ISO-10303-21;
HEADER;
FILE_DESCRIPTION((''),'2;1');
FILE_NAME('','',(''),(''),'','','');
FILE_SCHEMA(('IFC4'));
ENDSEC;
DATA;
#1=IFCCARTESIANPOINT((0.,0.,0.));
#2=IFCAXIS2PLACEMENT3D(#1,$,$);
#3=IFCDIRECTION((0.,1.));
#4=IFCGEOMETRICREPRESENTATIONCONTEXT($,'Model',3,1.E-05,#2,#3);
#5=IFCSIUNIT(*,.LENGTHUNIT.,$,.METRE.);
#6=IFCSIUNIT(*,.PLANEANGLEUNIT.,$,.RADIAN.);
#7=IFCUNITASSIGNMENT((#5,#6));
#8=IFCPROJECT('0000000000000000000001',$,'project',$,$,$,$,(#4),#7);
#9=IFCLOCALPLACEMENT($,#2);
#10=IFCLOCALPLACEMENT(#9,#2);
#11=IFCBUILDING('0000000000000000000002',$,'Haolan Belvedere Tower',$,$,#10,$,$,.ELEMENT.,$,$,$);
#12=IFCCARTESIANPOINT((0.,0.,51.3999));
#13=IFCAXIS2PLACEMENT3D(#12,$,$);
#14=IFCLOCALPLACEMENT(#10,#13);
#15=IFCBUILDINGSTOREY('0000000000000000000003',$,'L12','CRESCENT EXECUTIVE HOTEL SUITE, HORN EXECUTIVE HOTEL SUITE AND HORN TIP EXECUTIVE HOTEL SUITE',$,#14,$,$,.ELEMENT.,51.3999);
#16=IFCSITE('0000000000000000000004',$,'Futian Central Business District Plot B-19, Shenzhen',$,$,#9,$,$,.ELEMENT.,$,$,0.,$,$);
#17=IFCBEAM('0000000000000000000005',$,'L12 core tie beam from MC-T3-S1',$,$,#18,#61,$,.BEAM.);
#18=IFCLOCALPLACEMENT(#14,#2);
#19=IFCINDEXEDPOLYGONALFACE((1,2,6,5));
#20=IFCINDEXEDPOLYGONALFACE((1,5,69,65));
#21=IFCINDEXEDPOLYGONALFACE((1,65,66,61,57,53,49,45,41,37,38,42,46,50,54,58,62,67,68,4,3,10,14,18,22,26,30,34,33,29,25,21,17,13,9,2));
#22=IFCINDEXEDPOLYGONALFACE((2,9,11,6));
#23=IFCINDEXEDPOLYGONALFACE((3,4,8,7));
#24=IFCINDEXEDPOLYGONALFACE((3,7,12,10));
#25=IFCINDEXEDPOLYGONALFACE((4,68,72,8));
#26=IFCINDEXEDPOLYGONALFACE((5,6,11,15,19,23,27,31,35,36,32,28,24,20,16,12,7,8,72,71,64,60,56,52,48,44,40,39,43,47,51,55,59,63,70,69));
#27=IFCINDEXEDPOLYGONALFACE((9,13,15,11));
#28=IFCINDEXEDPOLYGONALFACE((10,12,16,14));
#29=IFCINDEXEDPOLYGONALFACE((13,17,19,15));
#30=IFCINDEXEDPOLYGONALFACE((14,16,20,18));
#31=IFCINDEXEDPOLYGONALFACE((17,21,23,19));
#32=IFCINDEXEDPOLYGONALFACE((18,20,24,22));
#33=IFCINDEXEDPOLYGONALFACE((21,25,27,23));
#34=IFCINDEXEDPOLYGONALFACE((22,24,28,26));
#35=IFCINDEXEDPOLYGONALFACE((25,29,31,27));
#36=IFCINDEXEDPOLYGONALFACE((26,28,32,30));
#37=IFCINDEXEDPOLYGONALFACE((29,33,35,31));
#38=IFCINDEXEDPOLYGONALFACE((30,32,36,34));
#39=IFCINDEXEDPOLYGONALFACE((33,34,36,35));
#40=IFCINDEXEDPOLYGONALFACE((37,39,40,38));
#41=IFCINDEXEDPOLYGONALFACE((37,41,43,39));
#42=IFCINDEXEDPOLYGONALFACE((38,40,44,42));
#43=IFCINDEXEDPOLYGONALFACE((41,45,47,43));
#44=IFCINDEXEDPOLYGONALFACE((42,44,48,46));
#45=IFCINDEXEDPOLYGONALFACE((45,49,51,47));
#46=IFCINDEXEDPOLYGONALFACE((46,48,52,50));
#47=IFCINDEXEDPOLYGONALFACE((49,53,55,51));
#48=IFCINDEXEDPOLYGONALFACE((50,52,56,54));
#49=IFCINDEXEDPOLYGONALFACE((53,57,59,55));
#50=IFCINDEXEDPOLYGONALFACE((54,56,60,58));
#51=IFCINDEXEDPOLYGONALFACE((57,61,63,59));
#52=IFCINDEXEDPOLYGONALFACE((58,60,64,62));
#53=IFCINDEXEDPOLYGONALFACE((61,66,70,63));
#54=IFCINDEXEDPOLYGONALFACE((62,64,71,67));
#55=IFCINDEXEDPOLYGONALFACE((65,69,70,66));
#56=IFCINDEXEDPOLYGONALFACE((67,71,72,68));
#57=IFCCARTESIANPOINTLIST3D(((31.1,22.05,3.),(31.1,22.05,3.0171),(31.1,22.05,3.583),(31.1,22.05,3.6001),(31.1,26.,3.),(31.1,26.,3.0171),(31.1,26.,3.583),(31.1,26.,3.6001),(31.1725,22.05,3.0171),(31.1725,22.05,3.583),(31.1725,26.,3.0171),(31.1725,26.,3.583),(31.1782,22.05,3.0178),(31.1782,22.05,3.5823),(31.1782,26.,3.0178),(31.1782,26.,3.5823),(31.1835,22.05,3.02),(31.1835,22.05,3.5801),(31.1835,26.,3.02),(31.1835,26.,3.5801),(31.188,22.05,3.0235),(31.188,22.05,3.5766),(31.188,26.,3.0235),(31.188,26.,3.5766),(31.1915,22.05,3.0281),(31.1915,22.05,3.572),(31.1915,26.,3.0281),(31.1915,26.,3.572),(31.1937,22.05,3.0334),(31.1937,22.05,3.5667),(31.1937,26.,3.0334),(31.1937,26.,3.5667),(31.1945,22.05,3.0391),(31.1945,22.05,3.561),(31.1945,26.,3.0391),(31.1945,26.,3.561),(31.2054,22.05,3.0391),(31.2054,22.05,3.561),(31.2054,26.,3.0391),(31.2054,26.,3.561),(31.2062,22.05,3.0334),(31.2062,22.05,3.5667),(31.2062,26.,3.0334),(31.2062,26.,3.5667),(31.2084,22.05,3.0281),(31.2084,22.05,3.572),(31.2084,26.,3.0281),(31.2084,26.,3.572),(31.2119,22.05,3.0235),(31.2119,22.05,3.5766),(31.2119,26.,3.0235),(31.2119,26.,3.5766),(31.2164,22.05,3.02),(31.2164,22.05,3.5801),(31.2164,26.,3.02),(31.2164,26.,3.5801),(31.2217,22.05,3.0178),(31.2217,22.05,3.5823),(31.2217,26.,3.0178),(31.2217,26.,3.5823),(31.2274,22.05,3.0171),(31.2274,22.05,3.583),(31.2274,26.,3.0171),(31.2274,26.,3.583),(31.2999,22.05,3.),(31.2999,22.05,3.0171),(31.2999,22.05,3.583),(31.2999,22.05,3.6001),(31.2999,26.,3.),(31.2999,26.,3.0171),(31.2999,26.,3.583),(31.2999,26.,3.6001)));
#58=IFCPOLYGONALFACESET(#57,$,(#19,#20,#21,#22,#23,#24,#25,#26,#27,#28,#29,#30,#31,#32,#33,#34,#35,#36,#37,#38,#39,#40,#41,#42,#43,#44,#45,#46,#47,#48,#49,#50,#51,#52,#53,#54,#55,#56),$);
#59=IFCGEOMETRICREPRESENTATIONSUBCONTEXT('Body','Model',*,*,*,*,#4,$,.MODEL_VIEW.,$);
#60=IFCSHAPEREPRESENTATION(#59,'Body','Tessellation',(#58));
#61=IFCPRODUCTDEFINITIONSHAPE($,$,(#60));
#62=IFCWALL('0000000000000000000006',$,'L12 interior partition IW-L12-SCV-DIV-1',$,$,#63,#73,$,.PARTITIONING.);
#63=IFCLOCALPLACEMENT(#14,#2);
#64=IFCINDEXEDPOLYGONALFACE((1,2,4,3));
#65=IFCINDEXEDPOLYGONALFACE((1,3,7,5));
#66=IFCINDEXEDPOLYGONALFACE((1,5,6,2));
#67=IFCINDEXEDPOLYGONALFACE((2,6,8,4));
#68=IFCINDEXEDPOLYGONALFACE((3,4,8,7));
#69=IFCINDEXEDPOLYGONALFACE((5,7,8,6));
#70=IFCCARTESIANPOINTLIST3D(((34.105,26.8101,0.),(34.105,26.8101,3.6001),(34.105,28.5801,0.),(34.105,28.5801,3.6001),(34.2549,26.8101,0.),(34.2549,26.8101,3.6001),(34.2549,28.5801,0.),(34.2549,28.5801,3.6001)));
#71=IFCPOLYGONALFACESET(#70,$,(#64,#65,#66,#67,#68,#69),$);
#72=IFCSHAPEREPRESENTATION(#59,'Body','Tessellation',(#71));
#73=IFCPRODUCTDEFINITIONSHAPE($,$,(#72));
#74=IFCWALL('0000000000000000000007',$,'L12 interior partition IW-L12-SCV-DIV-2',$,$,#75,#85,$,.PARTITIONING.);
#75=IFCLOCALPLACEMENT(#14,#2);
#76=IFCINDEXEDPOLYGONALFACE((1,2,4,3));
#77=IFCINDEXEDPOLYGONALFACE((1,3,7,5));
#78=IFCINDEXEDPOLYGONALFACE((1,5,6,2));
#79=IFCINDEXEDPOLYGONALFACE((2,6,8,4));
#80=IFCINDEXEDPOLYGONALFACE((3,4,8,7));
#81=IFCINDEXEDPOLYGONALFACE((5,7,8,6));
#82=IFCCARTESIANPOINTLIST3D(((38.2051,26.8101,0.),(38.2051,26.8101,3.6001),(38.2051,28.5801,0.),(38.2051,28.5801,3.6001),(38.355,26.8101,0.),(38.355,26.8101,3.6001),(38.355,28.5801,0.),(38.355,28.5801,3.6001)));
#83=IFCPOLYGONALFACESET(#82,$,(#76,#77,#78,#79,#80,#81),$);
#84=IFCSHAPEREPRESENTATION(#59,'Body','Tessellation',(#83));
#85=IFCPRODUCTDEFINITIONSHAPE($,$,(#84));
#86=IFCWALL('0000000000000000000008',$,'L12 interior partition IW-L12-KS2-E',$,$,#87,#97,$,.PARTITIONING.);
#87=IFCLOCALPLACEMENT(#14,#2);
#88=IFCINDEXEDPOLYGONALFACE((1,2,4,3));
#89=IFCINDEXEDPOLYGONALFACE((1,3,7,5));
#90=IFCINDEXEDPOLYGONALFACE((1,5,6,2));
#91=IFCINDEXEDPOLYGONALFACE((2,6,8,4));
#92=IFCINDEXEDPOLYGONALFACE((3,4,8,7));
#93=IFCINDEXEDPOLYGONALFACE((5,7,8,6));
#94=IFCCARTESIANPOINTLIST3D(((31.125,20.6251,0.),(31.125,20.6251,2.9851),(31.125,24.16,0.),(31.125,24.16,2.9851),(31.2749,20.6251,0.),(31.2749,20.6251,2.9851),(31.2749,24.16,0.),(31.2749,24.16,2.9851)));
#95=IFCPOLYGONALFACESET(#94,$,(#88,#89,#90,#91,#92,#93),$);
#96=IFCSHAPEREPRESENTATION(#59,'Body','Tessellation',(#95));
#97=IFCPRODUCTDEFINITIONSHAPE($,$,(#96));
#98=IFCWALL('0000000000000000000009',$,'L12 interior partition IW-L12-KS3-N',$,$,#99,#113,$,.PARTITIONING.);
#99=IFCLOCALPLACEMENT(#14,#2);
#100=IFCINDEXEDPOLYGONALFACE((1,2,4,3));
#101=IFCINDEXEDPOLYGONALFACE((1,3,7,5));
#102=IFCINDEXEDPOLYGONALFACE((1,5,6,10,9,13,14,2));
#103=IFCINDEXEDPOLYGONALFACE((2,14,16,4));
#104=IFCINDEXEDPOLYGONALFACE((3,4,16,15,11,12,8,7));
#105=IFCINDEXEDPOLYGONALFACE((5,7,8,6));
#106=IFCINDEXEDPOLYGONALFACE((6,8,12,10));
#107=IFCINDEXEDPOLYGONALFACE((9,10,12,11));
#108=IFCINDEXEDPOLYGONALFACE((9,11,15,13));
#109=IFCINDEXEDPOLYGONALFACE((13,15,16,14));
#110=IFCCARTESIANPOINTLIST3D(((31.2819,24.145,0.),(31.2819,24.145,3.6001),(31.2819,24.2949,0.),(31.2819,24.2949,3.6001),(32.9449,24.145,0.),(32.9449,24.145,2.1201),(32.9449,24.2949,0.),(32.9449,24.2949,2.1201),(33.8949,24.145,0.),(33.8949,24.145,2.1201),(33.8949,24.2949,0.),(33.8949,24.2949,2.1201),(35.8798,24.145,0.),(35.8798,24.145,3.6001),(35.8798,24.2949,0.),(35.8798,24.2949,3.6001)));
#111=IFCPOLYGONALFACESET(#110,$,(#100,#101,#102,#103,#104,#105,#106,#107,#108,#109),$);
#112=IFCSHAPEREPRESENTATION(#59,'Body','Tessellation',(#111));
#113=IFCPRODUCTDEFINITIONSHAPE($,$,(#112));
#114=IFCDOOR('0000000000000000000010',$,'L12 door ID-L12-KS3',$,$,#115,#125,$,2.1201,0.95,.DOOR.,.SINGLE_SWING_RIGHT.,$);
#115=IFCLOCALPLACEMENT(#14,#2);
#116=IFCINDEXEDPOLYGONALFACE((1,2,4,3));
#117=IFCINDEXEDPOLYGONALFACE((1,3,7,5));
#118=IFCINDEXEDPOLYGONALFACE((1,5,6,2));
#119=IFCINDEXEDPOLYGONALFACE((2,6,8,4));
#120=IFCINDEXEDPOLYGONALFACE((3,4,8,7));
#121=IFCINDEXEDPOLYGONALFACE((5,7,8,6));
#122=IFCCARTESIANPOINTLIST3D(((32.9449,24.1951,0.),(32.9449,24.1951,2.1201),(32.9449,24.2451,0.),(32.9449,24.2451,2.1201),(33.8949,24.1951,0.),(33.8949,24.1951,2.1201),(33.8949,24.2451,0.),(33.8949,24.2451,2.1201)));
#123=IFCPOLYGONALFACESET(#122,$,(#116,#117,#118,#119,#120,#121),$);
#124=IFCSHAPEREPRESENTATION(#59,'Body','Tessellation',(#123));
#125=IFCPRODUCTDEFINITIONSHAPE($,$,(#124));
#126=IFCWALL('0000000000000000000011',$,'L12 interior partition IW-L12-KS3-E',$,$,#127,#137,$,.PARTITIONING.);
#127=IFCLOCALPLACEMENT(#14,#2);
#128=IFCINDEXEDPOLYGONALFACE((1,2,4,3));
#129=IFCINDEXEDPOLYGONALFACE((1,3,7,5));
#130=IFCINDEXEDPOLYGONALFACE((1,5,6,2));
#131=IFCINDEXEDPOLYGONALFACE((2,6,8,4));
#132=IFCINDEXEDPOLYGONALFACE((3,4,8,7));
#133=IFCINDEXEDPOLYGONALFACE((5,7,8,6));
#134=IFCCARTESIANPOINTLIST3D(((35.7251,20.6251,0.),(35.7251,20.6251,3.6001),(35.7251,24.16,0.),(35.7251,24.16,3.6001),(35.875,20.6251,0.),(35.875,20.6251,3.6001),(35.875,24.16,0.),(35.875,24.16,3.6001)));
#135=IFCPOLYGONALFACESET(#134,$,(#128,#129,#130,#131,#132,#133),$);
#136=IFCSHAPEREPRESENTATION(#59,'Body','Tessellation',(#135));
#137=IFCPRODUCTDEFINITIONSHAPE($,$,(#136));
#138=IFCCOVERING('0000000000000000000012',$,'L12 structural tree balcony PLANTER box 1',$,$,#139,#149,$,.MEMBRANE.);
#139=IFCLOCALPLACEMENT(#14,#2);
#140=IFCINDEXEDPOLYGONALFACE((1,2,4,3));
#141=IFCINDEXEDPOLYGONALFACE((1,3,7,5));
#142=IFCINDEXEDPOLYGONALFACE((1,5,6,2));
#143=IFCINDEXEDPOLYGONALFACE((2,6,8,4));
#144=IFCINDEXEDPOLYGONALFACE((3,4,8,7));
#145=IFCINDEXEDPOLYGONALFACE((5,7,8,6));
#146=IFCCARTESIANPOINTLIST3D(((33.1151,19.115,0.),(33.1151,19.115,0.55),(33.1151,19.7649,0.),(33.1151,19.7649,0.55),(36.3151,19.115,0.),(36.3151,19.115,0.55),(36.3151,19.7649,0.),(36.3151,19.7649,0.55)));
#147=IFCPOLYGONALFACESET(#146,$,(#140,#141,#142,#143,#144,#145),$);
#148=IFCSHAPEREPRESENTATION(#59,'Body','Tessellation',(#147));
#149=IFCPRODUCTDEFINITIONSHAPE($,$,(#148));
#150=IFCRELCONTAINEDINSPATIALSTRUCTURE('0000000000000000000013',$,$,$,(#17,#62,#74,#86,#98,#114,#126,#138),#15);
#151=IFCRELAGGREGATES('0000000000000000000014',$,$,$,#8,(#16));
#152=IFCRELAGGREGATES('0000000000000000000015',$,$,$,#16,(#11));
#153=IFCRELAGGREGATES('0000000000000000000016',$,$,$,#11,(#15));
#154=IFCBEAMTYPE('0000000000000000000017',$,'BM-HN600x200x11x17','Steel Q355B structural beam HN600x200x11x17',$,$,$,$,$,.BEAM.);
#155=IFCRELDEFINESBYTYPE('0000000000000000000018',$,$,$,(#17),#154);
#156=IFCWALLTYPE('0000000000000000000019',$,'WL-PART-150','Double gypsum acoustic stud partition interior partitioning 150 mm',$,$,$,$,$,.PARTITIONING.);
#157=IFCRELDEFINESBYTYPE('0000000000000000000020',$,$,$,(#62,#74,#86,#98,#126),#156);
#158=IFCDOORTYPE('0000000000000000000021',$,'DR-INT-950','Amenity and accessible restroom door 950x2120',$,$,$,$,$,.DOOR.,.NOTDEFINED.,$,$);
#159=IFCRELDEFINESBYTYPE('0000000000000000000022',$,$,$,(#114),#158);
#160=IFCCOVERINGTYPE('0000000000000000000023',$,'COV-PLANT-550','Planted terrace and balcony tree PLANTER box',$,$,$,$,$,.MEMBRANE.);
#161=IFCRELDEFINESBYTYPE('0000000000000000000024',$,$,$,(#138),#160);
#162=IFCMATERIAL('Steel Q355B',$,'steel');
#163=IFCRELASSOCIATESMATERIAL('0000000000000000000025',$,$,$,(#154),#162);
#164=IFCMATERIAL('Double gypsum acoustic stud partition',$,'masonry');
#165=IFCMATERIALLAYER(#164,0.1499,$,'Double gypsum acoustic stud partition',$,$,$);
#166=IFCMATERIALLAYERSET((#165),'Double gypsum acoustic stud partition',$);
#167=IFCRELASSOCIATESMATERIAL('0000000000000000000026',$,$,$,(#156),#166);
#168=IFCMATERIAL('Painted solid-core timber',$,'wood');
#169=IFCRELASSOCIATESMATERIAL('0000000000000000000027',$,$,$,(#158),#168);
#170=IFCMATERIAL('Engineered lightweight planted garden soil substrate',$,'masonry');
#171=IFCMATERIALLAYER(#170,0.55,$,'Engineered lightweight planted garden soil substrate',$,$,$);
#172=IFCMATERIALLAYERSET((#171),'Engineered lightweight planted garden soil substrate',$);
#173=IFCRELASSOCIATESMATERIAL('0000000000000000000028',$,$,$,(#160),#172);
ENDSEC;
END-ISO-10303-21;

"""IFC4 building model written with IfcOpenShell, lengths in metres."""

from ifc_helpers import new_model, si_unit, direction, frame, frame_2d, origin, origin_2d, place, context, subcontext, project, spatial, rectangle, i_section, extrude, material, layer, layer_set, material_profile, profile_set, type_object, element, fill, save


model = new_model("IFC4")

# Units and contexts
model_context = context("Model", 3, precision=1e-05, world=origin(), true_north=direction((0.0, 1.0)))
body_context = subcontext(model_context, "Body", "Model", "MODEL_VIEW")
ifc_project = project(units=[si_unit("LENGTHUNIT", "METRE"), si_unit("PLANEANGLEUNIT", "RADIAN")], contexts=[model_context])

# Site, building, storey
site_placement = place(None, origin())
site = spatial("IfcSite", under=ifc_project, at=site_placement, Name="Futian Central Business District Plot B-19, Shenzhen", CompositionType="ELEMENT", RefElevation=0.0)
building_placement = place(site_placement, origin())
building = spatial("IfcBuilding", under=site, at=building_placement, Name="Haolan Belvedere Tower", CompositionType="ELEMENT")
storey_placement = place(building_placement, frame((0.0, 0.0, 51.3999)))
storey = spatial("IfcBuildingStorey", under=building, at=storey_placement, Name="L12", Description="CRESCENT EXECUTIVE HOTEL SUITE, HORN EXECUTIVE HOTEL SUITE AND HORN TIP EXECUTIVE HOTEL SUITE", CompositionType="ELEMENT", Elevation=51.3999)

# Shared definitions
ifc_material_1 = material(Name="Steel Q355B", Category="steel")

# Beam
ifc_material_profile_1 = material_profile(ifc_material_1, i_section(OverallWidth=0.2, OverallDepth=0.6001, WebThickness=0.011, FlangeThickness=0.0171, FilletRadius=0.022, at=origin_2d()), Name="Steel Q355B")
ifc_profile_set_1 = profile_set([ifc_material_profile_1], Name="Steel Q355B")
beam_type_1 = type_object("IfcBeamType", Name="BM-HN600x200x11x17", Description="Steel Q355B structural beam HN600x200x11x17", PredefinedType="BEAM", material=ifc_profile_set_1)
beam_1_placement = place(storey_placement, frame((31.2, 22.05, 3.3), z_axis=(0.0, 1.0, 0.0), x_axis=(-1.0, 0.0, 0.0)))
element("IfcBeam", 1, at=beam_1_placement, inside=storey, type_object=beam_type_1, Name="L12 core tie beam from MC-T3-S1", PredefinedType="BEAM", context=body_context, shape_type="SweptSolid", body=[
    extrude(i_section(OverallWidth=0.2, OverallDepth=0.6001, WebThickness=0.011, FlangeThickness=0.0171, FilletRadius=0.022, at=origin_2d()), origin(), (0.0, 0.0, 1.0), 3.95),
])

# Walls
ifc_material_2 = material(Name="Double gypsum acoustic stud partition", Category="masonry")
ifc_layer_1 = layer(ifc_material_2, 0.1499, Name="Double gypsum acoustic stud partition")
ifc_layer_set_1 = layer_set([ifc_layer_1], Name="Double gypsum acoustic stud partition")
wall_type = type_object("IfcWallType", Name="WL-PART-150", Description="Double gypsum acoustic stud partition interior partitioning 150 mm", PredefinedType="PARTITIONING", material=ifc_layer_set_1)
for number, where, z_axis, x_axis, name in (
    (2, (34.1799, 26.8101, 0.0), (0.0, 0.0, 1.0), (0.0, 1.0, 0.0), "L12 interior partition IW-L12-SCV-DIV-1"),
    (3, (38.28, 26.8101, 0.0), (0.0, 0.0, 1.0), (0.0, 1.0, 0.0), "L12 interior partition IW-L12-SCV-DIV-2"),
):
    element("IfcWall", number, at=place(storey_placement, frame(where, z_axis=z_axis, x_axis=x_axis)), inside=storey, type_object=wall_type, Name=name, PredefinedType="PARTITIONING", context=body_context, shape_type="SweptSolid", body=[
        extrude(rectangle(XDim=1.77, YDim=0.1499, at=frame_2d((0.885, 0.0))), origin(), (0.0, 0.0, 1.0), 3.6001),
    ])
wall_1_placement = place(storey_placement, frame((31.2, 20.625, 0.0), z_axis=(0.0, 0.0, 1.0), x_axis=(0.0, 1.0, 0.0)))
element("IfcWall", 4, at=wall_1_placement, inside=storey, type_object=wall_type, Name="L12 interior partition IW-L12-KS2-E", PredefinedType="PARTITIONING", context=body_context, shape_type="SweptSolid", body=[
    extrude(rectangle(XDim=3.5349, YDim=0.1499, at=frame_2d((1.7676, 0.0))), origin(), (0.0, 0.0, 1.0), 2.9851),
])

# Wall, opening, door
wall_2_placement = place(storey_placement, frame((31.282, 24.22, 0.0), z_axis=(0.0, 0.0, 1.0), x_axis=(1.0, 0.0, 0.0)))
wall_2 = element("IfcWall", 5, at=wall_2_placement, inside=storey, type_object=wall_type, Name="L12 interior partition IW-L12-KS3-N", PredefinedType="PARTITIONING", context=body_context, shape_type="SweptSolid", body=[
    extrude(rectangle(XDim=4.5979, YDim=0.1499, at=frame_2d((2.2988, 0.0))), origin(), (0.0, 0.0, 1.0), 3.6001),
])
opening_1_placement = place(wall_2_placement, frame((2.613, 0.0, 0.0), z_axis=(0.0, 0.0, 1.0), x_axis=(-1.0, 0.0, 0.0)))
opening_1 = element("IfcOpeningElement", 6, at=opening_1_placement, cuts=wall_2, PredefinedType="OPENING", context=body_context, shape_type="SweptSolid", body=[
    extrude(rectangle(XDim=0.95, YDim=2.1201, at=frame_2d((0.4751, 1.0601))), frame((0.0, 0.085, 0.0), z_axis=(0.0, -1.0, 0.0), x_axis=(1.0, 0.0, 0.0)), (0.0, 0.0, 1.0), 0.1699),
])
ifc_material_3 = material(Name="Painted solid-core timber", Category="wood")
door_type = type_object("IfcDoorType", Name="DR-INT-950", Description="Amenity and accessible restroom door 950x2120", OperationType="NOTDEFINED", PredefinedType="DOOR", material=ifc_material_3)
door_1_placement = place(opening_1_placement, origin())
door_1 = element("IfcDoor", 7, at=door_1_placement, inside=storey, type_object=door_type, Name="L12 door ID-L12-KS3", OperationType="SINGLE_SWING_RIGHT", OverallHeight=2.1201, OverallWidth=0.95, PredefinedType="DOOR", context=body_context, shape_type="SweptSolid", body=[
    extrude(rectangle(XDim=0.95, YDim=2.1201, at=frame_2d((0.4751, 1.0601))), frame((0.0, 0.0249, 0.0), z_axis=(0.0, -1.0, 0.0), x_axis=(1.0, 0.0, 0.0)), (0.0, 0.0, 1.0), 0.05),
])
fill(opening_1, door_1)

# Wall
wall_3_placement = place(storey_placement, frame((35.8, 20.625, 0.0), z_axis=(0.0, 0.0, 1.0), x_axis=(0.0, 1.0, 0.0)))
element("IfcWall", 8, at=wall_3_placement, inside=storey, type_object=wall_type, Name="L12 interior partition IW-L12-KS3-E", PredefinedType="PARTITIONING", context=body_context, shape_type="SweptSolid", body=[
    extrude(rectangle(XDim=3.5349, YDim=0.1499, at=frame_2d((1.7676, 0.0))), origin(), (0.0, 0.0, 1.0), 3.6001),
])

# Covering
ifc_material_4 = material(Name="Engineered lightweight planted garden soil substrate", Category="masonry")
ifc_layer_2 = layer(ifc_material_4, 0.55, Name="Engineered lightweight planted garden soil substrate")
ifc_layer_set_2 = layer_set([ifc_layer_2], Name="Engineered lightweight planted garden soil substrate")
covering_type = type_object("IfcCoveringType", Name="COV-PLANT-550", Description="Planted terrace and balcony tree PLANTER box", PredefinedType="MEMBRANE", material=ifc_layer_set_2)
covering_placement = place(storey_placement, frame((34.7151, 19.4399, 0.0), z_axis=(0.0, 0.0, 1.0), x_axis=(1.0, 0.0, 0.0)))
element("IfcCovering", 9, at=covering_placement, inside=storey, type_object=covering_type, Name="L12 structural tree balcony PLANTER box 1", PredefinedType="MEMBRANE", context=body_context, shape_type="SweptSolid", body=[
    extrude(rectangle(XDim=3.2, YDim=0.6499, at=origin_2d()), origin(), (0.0, 0.0, 1.0), 0.55),
])

save(model, "model.ifc")
